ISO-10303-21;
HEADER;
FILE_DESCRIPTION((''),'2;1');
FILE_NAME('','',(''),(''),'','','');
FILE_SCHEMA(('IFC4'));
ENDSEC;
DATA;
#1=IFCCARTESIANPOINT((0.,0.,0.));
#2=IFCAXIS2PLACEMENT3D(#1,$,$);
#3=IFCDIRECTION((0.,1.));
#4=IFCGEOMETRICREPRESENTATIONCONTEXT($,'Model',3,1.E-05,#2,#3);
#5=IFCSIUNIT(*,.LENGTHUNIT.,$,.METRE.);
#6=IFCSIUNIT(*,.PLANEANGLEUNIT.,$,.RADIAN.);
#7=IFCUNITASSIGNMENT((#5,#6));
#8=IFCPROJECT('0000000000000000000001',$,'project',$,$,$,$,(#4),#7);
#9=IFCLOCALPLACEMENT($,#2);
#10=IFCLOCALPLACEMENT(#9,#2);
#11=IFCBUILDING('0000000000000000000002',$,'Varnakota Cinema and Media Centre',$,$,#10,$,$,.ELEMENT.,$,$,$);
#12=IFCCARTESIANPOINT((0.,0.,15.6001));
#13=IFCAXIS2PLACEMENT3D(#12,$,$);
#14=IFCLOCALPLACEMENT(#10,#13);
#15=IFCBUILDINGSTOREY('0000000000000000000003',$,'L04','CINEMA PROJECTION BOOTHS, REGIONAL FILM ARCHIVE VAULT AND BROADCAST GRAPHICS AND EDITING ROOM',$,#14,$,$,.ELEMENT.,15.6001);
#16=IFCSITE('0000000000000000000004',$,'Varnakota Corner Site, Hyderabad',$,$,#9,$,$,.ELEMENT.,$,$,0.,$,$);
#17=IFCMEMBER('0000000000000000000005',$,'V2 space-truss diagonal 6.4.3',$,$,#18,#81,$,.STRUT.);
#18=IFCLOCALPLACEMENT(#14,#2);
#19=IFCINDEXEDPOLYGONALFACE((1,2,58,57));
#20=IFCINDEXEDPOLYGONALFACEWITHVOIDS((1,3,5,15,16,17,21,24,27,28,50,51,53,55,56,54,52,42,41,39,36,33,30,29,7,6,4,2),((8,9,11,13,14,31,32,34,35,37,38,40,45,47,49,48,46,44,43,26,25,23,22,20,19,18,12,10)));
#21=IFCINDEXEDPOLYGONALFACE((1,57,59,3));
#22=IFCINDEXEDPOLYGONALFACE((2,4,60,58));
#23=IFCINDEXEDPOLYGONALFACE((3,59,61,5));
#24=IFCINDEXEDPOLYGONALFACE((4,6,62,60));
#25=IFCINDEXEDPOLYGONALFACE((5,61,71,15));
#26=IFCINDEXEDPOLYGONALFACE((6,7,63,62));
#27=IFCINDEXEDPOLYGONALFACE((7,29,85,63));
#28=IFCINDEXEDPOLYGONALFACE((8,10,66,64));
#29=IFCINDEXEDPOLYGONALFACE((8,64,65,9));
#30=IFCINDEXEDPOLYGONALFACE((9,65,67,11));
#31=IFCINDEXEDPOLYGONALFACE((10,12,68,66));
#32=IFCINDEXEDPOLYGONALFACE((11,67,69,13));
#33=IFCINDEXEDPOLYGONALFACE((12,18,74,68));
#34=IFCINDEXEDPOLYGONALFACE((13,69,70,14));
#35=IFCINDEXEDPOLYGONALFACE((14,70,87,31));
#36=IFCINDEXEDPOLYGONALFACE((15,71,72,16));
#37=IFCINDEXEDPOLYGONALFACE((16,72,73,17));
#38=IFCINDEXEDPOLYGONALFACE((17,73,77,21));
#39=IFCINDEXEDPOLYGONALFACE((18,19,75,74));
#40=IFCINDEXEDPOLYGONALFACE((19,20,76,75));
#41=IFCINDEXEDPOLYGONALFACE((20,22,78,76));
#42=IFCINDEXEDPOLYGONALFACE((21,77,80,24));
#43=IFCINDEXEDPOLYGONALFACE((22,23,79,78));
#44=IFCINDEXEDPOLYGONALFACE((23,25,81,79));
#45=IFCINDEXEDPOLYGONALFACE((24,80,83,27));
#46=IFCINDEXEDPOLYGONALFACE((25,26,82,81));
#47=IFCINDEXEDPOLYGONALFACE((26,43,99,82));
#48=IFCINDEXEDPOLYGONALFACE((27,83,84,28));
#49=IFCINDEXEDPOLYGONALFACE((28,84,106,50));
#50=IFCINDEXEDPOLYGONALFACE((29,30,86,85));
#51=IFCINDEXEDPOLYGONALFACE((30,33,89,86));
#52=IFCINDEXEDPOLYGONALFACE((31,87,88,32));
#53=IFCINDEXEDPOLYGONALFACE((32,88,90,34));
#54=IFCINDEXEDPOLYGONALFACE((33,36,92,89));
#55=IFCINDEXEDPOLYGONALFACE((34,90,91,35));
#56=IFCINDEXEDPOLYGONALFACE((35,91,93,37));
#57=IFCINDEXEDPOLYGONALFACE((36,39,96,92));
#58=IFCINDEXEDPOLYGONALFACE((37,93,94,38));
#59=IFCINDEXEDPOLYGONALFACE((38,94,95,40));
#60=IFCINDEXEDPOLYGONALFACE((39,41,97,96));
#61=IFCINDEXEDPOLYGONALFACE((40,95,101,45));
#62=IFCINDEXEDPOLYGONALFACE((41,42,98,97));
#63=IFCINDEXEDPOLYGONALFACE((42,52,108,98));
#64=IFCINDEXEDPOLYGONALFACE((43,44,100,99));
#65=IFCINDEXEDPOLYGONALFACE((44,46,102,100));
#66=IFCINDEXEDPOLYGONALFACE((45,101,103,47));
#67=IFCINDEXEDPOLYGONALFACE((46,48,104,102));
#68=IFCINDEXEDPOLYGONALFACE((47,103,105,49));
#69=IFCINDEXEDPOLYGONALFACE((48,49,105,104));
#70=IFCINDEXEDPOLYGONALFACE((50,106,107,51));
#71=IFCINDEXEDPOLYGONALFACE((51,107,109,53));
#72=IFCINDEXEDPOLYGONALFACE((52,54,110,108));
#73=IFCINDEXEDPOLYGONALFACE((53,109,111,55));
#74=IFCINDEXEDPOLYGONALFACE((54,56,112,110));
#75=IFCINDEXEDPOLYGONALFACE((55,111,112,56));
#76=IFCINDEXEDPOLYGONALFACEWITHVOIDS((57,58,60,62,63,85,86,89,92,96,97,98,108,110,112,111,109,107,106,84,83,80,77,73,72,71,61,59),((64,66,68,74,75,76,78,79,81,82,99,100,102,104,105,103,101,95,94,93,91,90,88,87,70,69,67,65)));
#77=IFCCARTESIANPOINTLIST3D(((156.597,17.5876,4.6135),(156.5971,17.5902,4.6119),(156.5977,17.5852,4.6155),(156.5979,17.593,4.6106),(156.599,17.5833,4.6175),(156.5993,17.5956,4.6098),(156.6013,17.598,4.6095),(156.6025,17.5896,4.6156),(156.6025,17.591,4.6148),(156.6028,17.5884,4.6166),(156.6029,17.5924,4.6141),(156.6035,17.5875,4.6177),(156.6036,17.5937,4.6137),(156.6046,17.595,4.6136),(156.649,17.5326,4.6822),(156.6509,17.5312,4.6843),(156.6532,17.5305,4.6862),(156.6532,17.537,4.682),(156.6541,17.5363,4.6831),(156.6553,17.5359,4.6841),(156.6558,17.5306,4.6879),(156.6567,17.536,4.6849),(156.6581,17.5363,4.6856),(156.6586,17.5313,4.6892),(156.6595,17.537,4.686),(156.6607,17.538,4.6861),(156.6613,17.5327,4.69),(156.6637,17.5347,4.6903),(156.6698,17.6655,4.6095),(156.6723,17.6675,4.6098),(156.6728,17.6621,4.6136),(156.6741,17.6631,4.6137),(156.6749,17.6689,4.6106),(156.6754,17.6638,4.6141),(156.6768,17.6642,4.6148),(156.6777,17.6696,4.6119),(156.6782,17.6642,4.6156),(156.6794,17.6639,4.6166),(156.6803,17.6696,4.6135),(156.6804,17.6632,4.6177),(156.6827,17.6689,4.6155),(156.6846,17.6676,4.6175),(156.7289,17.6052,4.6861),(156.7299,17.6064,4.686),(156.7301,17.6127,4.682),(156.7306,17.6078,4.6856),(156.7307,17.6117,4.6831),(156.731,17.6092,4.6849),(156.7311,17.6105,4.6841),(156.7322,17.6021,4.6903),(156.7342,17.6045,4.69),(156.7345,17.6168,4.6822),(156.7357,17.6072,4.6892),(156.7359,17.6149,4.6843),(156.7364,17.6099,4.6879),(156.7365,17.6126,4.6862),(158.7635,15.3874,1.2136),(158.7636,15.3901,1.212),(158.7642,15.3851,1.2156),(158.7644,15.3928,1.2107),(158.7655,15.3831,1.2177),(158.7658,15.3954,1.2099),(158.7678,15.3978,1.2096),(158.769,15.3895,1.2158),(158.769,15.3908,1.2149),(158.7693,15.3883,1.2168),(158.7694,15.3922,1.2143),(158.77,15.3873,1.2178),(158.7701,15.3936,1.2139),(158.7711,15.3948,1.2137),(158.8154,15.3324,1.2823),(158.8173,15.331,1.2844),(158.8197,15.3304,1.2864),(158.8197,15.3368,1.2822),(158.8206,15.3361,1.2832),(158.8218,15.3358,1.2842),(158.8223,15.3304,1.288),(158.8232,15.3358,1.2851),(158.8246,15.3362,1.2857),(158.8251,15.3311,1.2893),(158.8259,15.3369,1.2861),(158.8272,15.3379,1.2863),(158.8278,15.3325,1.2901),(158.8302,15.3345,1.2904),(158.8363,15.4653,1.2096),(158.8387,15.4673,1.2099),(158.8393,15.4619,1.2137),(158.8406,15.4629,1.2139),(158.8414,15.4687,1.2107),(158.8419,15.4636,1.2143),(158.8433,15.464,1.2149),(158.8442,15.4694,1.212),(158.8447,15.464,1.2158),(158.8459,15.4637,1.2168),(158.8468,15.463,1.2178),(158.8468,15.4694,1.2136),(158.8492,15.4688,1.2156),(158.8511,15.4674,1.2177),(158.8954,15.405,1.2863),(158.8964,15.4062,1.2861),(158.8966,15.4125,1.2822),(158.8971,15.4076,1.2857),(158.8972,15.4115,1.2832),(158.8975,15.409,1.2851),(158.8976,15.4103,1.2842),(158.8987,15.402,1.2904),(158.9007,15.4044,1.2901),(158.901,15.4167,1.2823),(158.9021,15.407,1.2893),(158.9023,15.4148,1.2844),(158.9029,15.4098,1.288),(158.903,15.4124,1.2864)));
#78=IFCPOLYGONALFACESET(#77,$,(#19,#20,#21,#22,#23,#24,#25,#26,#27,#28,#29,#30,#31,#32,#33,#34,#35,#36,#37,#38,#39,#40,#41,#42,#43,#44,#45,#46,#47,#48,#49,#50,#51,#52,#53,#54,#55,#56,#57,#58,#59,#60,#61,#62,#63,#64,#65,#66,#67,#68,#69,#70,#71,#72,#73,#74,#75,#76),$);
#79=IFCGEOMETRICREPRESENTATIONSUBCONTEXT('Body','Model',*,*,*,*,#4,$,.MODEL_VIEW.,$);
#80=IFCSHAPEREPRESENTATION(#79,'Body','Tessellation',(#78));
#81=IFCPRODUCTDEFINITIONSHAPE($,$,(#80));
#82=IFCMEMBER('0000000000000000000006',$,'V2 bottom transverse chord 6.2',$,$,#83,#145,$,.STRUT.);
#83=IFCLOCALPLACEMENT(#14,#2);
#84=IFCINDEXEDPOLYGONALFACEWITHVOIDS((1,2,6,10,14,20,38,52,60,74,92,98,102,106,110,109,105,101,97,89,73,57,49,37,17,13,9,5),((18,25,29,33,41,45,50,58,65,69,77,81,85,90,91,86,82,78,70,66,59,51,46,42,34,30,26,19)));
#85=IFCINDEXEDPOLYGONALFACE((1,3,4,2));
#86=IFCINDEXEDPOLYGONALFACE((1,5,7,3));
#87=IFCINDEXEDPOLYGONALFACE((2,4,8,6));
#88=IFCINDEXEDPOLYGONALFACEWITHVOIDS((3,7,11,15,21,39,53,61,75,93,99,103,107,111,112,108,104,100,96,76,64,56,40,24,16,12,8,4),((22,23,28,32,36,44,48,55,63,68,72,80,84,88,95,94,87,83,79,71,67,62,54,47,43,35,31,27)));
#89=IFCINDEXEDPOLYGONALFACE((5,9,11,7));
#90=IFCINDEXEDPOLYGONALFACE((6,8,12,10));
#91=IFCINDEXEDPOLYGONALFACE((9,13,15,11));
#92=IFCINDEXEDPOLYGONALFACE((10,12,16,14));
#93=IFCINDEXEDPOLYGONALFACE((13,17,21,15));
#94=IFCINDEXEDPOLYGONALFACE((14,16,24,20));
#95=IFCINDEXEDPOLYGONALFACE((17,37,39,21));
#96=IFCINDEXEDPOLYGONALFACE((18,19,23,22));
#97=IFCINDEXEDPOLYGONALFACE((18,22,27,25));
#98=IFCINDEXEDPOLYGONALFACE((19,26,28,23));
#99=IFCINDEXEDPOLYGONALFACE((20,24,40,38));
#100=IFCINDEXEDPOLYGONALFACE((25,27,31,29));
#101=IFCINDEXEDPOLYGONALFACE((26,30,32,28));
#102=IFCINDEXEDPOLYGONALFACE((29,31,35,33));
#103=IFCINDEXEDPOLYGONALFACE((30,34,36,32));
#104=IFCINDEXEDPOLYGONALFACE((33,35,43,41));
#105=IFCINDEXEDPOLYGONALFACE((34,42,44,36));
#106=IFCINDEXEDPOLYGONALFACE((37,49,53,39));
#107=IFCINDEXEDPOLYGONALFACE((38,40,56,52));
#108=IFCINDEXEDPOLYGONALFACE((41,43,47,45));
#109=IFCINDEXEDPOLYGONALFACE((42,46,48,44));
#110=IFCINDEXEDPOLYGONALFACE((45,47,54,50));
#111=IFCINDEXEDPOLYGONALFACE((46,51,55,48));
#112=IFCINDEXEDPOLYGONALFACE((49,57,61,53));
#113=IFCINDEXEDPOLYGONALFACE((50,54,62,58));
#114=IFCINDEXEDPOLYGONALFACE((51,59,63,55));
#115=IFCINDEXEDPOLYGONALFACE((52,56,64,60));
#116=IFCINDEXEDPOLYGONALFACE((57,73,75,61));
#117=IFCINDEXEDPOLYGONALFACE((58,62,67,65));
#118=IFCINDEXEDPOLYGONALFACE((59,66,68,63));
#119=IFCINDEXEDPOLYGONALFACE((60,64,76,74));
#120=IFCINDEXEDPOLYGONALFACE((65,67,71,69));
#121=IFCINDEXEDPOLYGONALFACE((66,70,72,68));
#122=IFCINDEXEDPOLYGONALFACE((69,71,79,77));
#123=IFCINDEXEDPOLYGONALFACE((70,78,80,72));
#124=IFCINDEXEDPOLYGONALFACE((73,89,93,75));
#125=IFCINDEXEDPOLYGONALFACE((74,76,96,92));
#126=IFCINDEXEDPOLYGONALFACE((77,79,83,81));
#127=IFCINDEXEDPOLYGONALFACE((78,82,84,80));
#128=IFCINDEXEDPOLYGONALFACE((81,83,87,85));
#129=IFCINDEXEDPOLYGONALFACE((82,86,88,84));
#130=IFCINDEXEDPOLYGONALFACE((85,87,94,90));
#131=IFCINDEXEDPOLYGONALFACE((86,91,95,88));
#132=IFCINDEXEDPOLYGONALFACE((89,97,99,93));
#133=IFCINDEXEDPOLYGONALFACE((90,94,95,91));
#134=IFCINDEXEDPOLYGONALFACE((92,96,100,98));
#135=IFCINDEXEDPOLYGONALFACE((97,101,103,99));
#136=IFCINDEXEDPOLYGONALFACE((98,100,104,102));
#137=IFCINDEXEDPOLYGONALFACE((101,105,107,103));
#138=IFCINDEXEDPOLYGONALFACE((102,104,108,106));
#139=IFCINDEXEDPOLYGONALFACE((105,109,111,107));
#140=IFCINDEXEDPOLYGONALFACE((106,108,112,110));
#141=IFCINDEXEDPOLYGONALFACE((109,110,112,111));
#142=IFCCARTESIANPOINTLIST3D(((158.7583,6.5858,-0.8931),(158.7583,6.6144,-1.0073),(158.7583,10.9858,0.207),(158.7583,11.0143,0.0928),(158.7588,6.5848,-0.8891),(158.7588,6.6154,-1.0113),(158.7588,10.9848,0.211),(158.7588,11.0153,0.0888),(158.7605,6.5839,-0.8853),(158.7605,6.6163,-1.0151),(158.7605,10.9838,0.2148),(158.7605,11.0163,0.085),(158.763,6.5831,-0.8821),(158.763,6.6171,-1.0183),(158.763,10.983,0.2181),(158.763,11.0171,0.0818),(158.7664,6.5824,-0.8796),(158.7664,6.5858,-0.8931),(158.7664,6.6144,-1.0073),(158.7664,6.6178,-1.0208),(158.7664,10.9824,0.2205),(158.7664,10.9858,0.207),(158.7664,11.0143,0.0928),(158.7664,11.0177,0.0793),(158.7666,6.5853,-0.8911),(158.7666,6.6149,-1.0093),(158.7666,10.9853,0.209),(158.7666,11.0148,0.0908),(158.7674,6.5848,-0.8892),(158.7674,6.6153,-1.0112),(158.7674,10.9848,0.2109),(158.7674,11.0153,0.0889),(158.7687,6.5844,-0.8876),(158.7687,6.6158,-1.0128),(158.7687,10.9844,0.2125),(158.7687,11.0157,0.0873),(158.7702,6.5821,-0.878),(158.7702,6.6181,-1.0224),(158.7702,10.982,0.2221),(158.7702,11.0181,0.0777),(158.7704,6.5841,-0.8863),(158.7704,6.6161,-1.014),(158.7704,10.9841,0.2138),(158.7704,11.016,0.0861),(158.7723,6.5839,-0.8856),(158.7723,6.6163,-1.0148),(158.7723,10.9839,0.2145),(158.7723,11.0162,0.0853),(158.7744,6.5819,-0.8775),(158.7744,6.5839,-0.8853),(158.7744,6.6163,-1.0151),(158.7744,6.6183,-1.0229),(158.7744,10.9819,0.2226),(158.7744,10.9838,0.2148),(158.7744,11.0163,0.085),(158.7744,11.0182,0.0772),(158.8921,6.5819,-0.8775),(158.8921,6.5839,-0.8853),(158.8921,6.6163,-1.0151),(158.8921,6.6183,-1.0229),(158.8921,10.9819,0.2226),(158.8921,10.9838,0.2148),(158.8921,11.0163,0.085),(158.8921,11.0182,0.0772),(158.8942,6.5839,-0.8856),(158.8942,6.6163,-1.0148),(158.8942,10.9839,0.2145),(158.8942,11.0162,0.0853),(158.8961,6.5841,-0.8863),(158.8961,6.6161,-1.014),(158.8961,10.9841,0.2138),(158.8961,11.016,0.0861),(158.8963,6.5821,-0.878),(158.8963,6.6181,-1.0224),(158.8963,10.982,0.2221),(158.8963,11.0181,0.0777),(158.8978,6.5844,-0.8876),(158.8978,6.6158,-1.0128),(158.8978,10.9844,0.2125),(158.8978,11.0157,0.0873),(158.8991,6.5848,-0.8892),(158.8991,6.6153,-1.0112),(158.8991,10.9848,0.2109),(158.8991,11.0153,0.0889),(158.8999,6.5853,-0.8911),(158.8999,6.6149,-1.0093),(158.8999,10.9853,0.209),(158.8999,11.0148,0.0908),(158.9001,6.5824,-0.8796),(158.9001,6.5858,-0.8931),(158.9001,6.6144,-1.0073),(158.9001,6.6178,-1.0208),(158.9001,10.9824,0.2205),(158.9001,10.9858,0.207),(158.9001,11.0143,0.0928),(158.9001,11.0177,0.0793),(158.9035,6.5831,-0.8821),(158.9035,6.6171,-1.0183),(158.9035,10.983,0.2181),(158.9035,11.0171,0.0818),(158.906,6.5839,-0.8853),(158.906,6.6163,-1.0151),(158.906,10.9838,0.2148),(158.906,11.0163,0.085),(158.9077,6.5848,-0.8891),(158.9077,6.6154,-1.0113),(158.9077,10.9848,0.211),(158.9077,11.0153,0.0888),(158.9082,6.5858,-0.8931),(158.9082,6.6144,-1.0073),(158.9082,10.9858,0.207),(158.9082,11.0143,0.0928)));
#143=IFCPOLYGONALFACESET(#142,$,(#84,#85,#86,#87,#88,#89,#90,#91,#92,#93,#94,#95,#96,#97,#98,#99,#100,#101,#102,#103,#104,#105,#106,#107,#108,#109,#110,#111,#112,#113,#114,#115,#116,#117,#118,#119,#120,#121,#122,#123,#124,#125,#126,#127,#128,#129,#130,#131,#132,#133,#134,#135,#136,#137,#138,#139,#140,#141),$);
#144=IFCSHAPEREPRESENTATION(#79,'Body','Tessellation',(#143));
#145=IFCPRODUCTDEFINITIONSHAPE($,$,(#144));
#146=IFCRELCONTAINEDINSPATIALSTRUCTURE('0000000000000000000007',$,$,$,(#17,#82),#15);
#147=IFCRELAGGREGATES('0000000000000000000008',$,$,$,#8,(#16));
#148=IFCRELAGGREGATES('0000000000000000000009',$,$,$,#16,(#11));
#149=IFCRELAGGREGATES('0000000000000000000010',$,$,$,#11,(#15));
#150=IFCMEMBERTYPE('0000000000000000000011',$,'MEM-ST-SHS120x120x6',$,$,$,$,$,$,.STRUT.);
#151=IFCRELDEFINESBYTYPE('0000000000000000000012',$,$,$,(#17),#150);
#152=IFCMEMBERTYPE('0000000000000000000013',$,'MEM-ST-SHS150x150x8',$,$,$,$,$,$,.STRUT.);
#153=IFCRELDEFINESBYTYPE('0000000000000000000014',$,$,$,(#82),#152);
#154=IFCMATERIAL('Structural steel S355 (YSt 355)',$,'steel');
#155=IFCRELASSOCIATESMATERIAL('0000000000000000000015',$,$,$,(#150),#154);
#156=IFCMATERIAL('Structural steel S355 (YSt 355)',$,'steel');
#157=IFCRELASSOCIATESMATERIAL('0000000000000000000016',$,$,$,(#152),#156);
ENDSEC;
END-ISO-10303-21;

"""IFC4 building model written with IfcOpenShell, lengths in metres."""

from ifc_helpers import new_model, si_unit, direction, frame, origin, origin_2d, place, context, subcontext, project, spatial, hollow_rectangle, extrude, material, material_profile, profile_set, type_object, element, save


model = new_model("IFC4")

# Units and contexts
model_context = context("Model", 3, precision=1e-05, world=origin(), true_north=direction((0.0, 1.0)))
body_context = subcontext(model_context, "Body", "Model", "MODEL_VIEW")
ifc_project = project(units=[si_unit("LENGTHUNIT", "METRE"), si_unit("PLANEANGLEUNIT", "RADIAN")], contexts=[model_context])

# Site, building, storey
site_placement = place(None, origin())
site = spatial("IfcSite", under=ifc_project, at=site_placement, Name="Varnakota Corner Site, Hyderabad", CompositionType="ELEMENT", RefElevation=0.0)
building_placement = place(site_placement, origin())
building = spatial("IfcBuilding", under=site, at=building_placement, Name="Varnakota Cinema and Media Centre", CompositionType="ELEMENT")
storey_placement = place(building_placement, frame((0.0, 0.0, 15.6001)))
storey = spatial("IfcBuildingStorey", under=building, at=storey_placement, Name="L04", Description="CINEMA PROJECTION BOOTHS, REGIONAL FILM ARCHIVE VAULT AND BROADCAST GRAPHICS AND EDITING ROOM", CompositionType="ELEMENT", Elevation=15.6001)

# Members
ifc_material_1 = material(Name="Structural steel S355 (YSt 355)", Category="steel")
ifc_material_profile_1 = material_profile(ifc_material_1, hollow_rectangle(XDim=0.1201, YDim=0.1201, WallThickness=0.0061, InnerFilletRadius=0.0061, OuterFilletRadius=0.012, at=origin_2d()), Name="SHS 120x120x6")
ifc_profile_set_1 = profile_set([ifc_material_profile_1], Name="Structural steel S355 (YSt 355)")
member_type_1 = type_object("IfcMemberType", Name="MEM-ST-SHS120x120x6", PredefinedType="STRUT", material=ifc_profile_set_1)
member_1_placement = place(storey_placement, frame((158.8333, 15.3999, 1.25), z_axis=(-0.471716, 0.479052, 0.740266), x_axis=(-0.712541, -0.70163, 0.0)))
element("IfcMember", 1, at=member_1_placement, inside=storey, type_object=member_type_1, Name="V2 space-truss diagonal 6.4.3", PredefinedType="STRUT", context=body_context, shape_type="SweptSolid", body=[
    extrude(hollow_rectangle(XDim=0.1201, YDim=0.1201, WallThickness=0.0061, InnerFilletRadius=0.0061, OuterFilletRadius=0.012, at=origin_2d()), origin(), (0.0, 0.0, 1.0), 4.5928),
])
ifc_material_2 = material(Name="Structural steel S355 (YSt 355)", Category="steel")
ifc_material_profile_2 = material_profile(ifc_material_2, hollow_rectangle(XDim=0.1499, YDim=0.1499, WallThickness=0.0081, InnerFilletRadius=0.0081, OuterFilletRadius=0.0161, at=origin_2d()), Name="SHS 150x150x8")
ifc_profile_set_2 = profile_set([ifc_material_profile_2], Name="Structural steel S355 (YSt 355)")
member_type_2 = type_object("IfcMemberType", Name="MEM-ST-SHS150x150x8", PredefinedType="STRUT", material=ifc_profile_set_2)
for number, where, z_axis, x_axis, name in (
    (2, (158.8333, 6.6001, -0.9502), (0.0, 0.970136, 0.242561), (-1.0, 0.0, 0.0), "V2 bottom transverse chord 6.2"),
):
    element("IfcMember", number, at=place(storey_placement, frame(where, z_axis=z_axis, x_axis=x_axis)), inside=storey, type_object=member_type_2, Name=name, PredefinedType="STRUT", context=body_context, shape_type="SweptSolid", body=[
        extrude(hollow_rectangle(XDim=0.1499, YDim=0.1499, WallThickness=0.0081, InnerFilletRadius=0.0081, OuterFilletRadius=0.0161, at=origin_2d()), origin(), (0.0, 0.0, 1.0), 4.5354),
    ])

save(model, "model.ifc")
